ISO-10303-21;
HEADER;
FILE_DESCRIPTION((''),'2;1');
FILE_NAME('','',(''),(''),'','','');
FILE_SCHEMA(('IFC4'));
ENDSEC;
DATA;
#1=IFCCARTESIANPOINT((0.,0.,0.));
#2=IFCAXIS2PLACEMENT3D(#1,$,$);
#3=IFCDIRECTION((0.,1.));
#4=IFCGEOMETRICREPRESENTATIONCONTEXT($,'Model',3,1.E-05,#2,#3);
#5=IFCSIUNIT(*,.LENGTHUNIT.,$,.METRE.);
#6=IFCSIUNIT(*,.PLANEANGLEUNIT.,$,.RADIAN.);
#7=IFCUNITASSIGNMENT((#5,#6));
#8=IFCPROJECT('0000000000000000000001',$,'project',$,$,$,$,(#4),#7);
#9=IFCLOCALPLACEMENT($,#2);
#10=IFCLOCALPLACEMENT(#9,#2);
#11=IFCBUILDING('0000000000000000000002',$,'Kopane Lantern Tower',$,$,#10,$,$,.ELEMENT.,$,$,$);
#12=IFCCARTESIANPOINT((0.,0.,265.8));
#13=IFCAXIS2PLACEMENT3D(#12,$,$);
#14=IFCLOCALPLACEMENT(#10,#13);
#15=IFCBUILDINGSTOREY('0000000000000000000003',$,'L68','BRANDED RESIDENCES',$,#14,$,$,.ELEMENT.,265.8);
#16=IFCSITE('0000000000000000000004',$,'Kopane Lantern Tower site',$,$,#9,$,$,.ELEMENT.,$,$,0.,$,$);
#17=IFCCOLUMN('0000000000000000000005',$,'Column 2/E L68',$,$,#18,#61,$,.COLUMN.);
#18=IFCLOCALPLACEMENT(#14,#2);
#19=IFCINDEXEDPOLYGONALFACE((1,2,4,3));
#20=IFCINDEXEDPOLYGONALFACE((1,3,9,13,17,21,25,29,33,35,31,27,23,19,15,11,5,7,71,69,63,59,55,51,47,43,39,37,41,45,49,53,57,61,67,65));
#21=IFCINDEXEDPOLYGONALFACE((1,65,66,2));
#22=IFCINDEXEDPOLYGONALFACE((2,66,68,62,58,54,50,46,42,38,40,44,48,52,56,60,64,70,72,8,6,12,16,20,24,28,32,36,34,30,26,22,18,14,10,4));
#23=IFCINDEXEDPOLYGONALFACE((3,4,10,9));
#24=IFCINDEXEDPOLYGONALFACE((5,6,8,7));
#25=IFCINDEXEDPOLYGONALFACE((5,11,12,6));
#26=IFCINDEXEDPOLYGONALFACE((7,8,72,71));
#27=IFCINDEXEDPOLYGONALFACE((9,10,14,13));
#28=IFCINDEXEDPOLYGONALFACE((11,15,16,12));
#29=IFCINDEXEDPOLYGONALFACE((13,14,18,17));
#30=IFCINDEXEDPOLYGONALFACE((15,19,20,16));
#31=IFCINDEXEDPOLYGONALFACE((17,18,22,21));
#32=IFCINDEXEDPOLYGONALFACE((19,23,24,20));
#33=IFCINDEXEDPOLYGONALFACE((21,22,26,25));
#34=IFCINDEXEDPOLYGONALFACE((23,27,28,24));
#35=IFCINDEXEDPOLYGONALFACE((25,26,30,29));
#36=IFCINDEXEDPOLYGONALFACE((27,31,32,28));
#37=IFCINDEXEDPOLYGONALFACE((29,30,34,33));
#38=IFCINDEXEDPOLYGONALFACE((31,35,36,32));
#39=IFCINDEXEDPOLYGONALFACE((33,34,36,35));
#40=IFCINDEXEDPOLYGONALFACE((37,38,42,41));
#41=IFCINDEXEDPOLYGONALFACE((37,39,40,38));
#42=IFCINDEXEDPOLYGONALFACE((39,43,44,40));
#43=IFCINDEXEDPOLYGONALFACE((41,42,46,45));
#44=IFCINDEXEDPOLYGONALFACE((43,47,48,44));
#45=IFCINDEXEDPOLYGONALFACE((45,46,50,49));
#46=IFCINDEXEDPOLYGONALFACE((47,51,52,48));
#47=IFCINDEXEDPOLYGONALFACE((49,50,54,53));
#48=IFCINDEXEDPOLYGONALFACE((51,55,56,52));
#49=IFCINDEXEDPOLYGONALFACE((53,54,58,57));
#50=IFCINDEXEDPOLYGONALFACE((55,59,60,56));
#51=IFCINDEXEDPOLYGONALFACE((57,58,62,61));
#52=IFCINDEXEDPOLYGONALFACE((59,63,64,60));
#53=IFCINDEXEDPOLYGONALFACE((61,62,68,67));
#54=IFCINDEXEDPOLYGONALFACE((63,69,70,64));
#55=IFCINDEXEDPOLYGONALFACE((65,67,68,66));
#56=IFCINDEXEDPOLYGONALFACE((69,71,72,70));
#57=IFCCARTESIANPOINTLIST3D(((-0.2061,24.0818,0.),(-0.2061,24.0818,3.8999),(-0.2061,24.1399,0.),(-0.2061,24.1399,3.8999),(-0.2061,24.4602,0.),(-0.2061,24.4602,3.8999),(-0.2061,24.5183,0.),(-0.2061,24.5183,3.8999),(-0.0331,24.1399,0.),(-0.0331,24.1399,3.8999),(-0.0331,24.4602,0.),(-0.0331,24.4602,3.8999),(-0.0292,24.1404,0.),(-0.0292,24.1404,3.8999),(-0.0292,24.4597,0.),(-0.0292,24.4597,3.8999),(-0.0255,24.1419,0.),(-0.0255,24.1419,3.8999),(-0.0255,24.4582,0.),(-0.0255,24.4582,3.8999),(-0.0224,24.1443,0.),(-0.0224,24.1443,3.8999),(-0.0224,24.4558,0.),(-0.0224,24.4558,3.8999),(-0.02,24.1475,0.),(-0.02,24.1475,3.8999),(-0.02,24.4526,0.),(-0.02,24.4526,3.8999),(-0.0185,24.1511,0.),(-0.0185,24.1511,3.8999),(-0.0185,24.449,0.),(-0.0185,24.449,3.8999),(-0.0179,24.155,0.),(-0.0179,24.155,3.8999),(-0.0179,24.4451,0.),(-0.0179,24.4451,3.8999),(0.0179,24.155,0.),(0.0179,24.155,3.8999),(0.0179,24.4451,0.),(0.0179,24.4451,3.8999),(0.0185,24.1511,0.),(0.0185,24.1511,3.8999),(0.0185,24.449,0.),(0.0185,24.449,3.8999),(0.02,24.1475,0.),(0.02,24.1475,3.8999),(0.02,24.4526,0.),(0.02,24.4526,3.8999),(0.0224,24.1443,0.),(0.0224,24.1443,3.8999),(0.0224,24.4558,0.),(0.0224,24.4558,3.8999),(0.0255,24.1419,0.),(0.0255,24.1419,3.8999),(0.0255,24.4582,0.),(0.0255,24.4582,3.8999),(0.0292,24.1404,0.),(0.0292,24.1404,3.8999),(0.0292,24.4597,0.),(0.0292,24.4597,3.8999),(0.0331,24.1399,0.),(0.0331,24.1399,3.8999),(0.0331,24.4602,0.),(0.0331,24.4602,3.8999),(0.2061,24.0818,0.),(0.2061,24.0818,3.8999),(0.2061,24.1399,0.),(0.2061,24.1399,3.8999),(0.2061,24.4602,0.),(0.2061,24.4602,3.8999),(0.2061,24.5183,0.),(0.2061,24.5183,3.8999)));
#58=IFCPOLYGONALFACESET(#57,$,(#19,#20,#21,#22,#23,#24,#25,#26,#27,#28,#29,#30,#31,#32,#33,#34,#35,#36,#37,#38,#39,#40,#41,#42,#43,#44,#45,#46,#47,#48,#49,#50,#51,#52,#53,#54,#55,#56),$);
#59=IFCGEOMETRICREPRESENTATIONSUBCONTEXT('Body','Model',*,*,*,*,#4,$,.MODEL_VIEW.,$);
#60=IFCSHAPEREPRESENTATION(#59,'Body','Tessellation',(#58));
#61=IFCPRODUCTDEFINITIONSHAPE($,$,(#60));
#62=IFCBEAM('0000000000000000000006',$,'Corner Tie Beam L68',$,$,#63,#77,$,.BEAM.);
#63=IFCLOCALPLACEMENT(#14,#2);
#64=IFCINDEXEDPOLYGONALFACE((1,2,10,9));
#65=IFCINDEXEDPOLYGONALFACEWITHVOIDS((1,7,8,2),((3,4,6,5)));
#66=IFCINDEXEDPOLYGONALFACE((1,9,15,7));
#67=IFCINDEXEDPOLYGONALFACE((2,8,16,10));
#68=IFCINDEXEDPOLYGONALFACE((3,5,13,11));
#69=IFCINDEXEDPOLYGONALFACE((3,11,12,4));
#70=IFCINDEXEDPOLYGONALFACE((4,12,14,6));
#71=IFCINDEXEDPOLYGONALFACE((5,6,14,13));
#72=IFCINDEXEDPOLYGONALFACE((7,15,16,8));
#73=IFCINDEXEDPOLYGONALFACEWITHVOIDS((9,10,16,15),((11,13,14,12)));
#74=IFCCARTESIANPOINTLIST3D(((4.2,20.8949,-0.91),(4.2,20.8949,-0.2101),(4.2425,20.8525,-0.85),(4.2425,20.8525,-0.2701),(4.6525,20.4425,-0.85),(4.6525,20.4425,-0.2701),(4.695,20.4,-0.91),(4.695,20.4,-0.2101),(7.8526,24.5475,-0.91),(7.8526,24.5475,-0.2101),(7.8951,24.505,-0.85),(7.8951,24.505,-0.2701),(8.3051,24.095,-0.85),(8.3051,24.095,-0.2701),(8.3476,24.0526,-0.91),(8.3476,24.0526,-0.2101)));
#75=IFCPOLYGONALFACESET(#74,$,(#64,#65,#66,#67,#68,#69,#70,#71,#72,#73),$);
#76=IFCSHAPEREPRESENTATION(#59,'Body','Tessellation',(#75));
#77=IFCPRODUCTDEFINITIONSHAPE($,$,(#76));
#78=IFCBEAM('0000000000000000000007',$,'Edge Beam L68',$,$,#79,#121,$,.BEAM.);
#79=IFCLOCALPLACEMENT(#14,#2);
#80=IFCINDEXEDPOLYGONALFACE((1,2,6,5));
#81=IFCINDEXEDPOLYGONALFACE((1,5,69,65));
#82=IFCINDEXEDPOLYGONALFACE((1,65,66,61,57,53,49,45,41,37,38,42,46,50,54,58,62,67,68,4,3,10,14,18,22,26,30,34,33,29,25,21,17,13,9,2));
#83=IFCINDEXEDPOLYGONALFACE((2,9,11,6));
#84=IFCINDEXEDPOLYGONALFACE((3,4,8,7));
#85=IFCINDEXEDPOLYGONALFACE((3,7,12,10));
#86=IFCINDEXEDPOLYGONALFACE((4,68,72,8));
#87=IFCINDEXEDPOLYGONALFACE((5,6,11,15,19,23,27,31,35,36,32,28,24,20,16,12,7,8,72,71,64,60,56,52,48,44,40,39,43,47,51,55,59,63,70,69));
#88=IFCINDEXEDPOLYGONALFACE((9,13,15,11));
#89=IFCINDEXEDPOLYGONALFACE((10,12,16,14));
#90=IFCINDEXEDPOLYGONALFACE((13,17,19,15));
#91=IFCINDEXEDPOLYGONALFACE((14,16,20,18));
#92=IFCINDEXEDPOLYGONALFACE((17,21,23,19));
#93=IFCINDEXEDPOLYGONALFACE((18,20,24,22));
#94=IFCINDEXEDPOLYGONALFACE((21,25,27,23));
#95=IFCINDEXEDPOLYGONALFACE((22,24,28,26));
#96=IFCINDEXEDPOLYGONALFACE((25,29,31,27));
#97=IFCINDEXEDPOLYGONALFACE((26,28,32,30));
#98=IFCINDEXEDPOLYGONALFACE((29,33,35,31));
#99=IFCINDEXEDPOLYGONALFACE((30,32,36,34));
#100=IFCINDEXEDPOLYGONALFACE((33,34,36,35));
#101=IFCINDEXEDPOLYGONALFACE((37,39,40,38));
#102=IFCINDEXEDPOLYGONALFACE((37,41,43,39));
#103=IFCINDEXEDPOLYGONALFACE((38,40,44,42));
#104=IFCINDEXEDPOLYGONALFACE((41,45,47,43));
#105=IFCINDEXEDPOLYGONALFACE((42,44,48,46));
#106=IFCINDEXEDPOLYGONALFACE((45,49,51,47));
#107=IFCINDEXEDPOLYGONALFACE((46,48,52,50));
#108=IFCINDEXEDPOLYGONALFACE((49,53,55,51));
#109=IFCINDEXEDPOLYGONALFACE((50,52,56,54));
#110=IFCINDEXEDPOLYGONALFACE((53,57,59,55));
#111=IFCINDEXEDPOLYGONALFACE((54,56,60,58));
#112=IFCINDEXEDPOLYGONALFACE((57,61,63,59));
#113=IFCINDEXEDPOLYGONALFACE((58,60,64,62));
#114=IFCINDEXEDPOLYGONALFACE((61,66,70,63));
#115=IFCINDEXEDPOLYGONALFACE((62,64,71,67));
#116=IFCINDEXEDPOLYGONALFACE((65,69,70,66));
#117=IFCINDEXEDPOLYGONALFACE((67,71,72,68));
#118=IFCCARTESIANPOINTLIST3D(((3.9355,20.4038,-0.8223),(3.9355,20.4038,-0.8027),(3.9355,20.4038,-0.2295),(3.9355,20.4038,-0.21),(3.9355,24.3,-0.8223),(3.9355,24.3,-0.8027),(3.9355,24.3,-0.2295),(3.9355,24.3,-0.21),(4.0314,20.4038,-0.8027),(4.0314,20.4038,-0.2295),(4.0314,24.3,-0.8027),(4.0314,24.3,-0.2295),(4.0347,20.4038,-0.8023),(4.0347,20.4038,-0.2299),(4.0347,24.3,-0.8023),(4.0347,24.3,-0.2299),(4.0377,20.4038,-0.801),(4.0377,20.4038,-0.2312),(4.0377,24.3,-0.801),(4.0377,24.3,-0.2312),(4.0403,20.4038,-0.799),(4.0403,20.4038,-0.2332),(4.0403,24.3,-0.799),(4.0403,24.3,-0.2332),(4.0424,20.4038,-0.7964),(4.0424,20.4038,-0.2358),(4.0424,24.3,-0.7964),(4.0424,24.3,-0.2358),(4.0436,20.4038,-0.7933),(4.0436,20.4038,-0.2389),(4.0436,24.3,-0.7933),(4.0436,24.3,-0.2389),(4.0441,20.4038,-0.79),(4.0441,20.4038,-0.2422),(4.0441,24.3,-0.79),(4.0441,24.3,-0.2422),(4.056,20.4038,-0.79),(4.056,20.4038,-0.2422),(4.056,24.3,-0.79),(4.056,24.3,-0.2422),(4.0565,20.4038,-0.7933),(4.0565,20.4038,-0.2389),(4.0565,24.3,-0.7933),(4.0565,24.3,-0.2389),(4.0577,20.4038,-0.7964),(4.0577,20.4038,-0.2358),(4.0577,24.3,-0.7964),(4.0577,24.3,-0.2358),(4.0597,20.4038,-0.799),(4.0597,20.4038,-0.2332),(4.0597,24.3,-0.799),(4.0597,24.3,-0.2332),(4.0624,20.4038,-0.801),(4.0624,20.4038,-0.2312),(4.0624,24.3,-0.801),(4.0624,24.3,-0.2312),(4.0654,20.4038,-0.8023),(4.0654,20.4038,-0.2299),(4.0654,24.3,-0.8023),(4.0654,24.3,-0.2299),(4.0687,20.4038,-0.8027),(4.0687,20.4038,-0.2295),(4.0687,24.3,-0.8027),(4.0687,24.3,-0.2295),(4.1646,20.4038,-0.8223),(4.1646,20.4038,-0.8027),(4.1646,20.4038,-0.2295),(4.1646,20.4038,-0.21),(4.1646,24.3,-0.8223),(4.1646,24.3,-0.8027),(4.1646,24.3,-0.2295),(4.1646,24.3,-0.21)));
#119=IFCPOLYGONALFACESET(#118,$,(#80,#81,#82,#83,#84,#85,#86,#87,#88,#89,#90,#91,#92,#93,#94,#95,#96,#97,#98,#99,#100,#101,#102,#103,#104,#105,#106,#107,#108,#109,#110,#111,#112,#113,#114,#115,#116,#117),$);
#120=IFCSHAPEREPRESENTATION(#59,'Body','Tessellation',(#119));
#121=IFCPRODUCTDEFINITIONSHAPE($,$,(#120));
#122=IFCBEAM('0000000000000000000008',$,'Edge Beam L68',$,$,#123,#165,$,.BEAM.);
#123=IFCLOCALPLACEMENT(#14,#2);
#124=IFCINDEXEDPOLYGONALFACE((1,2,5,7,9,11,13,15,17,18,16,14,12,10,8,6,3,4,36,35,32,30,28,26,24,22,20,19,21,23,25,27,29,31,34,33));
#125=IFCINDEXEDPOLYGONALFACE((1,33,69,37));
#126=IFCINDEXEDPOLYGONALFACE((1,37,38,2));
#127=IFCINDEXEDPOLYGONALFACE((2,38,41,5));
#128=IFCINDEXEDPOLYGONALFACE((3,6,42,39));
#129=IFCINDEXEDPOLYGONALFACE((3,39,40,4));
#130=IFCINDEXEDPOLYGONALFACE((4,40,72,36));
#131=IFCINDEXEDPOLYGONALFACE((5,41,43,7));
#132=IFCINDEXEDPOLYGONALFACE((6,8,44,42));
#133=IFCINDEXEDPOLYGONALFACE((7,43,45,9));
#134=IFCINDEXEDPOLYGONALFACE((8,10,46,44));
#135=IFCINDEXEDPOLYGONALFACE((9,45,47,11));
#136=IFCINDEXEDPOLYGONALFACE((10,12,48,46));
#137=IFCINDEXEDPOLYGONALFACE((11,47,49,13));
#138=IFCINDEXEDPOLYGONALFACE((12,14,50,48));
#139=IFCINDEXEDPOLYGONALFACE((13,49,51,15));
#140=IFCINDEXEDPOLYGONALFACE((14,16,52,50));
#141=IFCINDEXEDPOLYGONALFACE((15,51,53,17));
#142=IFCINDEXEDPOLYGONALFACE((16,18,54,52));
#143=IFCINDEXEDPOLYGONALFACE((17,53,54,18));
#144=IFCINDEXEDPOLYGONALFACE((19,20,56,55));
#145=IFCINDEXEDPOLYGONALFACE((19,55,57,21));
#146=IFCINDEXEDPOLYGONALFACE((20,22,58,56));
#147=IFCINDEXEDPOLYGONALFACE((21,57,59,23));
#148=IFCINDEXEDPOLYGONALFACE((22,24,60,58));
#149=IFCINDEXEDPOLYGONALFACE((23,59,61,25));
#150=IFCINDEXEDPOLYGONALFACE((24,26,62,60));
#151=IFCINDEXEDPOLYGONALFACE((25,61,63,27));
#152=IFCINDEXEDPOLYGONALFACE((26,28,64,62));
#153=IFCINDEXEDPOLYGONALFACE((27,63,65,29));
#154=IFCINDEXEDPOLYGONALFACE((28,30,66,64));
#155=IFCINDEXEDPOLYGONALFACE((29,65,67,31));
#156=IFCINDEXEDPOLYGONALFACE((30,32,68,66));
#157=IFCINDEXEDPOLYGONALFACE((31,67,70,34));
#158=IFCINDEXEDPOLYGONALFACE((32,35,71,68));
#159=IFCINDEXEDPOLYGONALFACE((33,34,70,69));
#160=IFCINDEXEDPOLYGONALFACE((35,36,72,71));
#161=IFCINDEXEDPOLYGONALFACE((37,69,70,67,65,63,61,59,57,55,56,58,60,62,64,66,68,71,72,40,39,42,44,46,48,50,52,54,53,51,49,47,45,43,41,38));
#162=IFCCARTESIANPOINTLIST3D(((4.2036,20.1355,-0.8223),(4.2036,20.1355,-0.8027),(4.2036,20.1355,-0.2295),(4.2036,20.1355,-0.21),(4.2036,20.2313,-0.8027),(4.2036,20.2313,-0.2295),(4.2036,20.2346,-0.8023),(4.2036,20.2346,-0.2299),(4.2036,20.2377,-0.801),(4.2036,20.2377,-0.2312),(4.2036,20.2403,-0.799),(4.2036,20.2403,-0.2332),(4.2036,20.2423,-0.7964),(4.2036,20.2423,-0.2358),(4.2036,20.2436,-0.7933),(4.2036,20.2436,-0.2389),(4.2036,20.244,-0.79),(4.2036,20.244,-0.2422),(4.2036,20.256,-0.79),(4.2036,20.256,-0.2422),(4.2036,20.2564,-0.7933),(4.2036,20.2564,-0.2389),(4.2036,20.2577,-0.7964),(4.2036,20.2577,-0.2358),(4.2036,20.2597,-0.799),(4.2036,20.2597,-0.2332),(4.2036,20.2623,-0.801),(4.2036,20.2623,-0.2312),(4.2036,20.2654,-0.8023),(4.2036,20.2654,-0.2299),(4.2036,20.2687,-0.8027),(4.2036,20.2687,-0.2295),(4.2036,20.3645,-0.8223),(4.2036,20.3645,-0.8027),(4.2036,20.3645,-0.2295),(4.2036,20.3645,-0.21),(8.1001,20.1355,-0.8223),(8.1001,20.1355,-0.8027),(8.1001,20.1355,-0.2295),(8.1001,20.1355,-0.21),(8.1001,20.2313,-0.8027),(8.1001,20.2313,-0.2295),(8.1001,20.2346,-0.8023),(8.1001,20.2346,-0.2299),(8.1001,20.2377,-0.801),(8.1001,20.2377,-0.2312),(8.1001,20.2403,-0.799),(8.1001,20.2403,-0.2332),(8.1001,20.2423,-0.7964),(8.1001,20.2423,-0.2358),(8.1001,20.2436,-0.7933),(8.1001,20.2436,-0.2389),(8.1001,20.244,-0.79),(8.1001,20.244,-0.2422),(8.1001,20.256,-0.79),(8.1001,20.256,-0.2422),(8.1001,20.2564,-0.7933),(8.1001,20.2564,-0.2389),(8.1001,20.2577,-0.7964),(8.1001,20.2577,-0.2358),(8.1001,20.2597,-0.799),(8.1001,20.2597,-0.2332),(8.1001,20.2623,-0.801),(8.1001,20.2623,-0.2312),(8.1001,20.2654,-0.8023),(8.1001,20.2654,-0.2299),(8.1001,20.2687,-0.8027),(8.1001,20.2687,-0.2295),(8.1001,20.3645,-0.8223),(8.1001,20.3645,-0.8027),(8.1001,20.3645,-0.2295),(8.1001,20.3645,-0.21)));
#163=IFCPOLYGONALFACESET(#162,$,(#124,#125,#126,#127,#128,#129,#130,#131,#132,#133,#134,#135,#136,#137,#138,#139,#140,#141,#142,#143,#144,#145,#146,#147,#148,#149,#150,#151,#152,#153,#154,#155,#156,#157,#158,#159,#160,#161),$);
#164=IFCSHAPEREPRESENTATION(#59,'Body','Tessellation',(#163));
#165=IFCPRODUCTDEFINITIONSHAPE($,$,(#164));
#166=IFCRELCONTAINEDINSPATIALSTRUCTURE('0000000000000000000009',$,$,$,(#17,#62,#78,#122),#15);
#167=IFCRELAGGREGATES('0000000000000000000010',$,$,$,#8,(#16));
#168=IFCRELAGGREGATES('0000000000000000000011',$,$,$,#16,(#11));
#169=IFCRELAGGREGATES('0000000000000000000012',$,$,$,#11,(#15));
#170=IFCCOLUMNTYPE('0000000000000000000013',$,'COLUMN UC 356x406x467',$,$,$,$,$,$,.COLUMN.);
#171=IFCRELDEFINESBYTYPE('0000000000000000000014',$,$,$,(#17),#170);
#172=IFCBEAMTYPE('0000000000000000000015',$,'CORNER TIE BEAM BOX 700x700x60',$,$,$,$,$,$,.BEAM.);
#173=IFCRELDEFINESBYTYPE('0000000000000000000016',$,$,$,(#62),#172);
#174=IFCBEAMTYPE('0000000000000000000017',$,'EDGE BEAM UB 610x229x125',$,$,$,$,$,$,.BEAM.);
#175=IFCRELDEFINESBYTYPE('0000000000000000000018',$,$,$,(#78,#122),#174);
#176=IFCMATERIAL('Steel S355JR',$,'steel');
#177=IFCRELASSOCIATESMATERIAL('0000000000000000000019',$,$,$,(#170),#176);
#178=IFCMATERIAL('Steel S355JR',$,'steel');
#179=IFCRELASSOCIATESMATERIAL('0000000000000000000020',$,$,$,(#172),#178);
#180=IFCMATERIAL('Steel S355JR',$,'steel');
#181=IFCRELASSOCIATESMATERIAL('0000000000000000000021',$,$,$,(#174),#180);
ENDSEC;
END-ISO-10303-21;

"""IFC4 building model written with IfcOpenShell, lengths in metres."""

from ifc_helpers import new_model, si_unit, direction, frame, origin, origin_2d, place, context, subcontext, project, spatial, hollow_rectangle, i_section, extrude, material, material_profile, profile_set, type_object, element, save


model = new_model("IFC4")

# Units and contexts
model_context = context("Model", 3, precision=1e-05, world=origin(), true_north=direction((0.0, 1.0)))
body_context = subcontext(model_context, "Body", "Model", "MODEL_VIEW")
ifc_project = project(units=[si_unit("LENGTHUNIT", "METRE"), si_unit("PLANEANGLEUNIT", "RADIAN")], contexts=[model_context])

# Site, building, storey
site_placement = place(None, origin())
site = spatial("IfcSite", under=ifc_project, at=site_placement, Name="Kopane Lantern Tower site", CompositionType="ELEMENT", RefElevation=0.0)
building_placement = place(site_placement, origin())
building = spatial("IfcBuilding", under=site, at=building_placement, Name="Kopane Lantern Tower", CompositionType="ELEMENT")
storey_placement = place(building_placement, frame((0.0, 0.0, 265.8)))
storey = spatial("IfcBuildingStorey", under=building, at=storey_placement, Name="L68", Description="BRANDED RESIDENCES", CompositionType="ELEMENT", Elevation=265.8)

# Column
ifc_material_1 = material(Name="Steel S355JR", Category="steel")
ifc_material_profile_1 = material_profile(ifc_material_1, i_section(OverallWidth=0.4121, OverallDepth=0.4365, WebThickness=0.0359, FlangeThickness=0.0581, FilletRadius=0.0151, at=origin_2d()), Name="UC 356x406x467")
ifc_profile_set_1 = profile_set([ifc_material_profile_1], Name="Steel S355JR")
column_type = type_object("IfcColumnType", Name="COLUMN UC 356x406x467", PredefinedType="COLUMN", material=ifc_profile_set_1)
column_placement = place(storey_placement, frame((0.0, 24.3, 0.0), z_axis=(0.0, 0.0, 1.0), x_axis=(1.0, 0.0, 0.0)))
element("IfcColumn", 1, at=column_placement, inside=storey, type_object=column_type, Name="Column 2/E L68", PredefinedType="COLUMN", context=body_context, shape_type="SweptSolid", body=[
    extrude(i_section(OverallWidth=0.4121, OverallDepth=0.4365, WebThickness=0.0359, FlangeThickness=0.0581, FilletRadius=0.0151, at=origin_2d()), origin(), (0.0, 0.0, 1.0), 3.8999),
])

# Beams
ifc_material_2 = material(Name="Steel S355JR", Category="steel")
ifc_material_profile_2 = material_profile(ifc_material_2, hollow_rectangle(XDim=0.7, YDim=0.7, WallThickness=0.0601, at=origin_2d()), Name="BOX 700x700x60")
ifc_profile_set_2 = profile_set([ifc_material_profile_2], Name="Steel S355JR")
beam_type_1 = type_object("IfcBeamType", Name="CORNER TIE BEAM BOX 700x700x60", PredefinedType="BEAM", material=ifc_profile_set_2)
beam_1_placement = place(storey_placement, frame((4.4475, 20.6475, -0.5601), z_axis=(0.707107, 0.707107, 0.0), x_axis=(-0.707107, 0.707107, 0.0)))
element("IfcBeam", 2, at=beam_1_placement, inside=storey, type_object=beam_type_1, Name="Corner Tie Beam L68", PredefinedType="BEAM", context=body_context, shape_type="SweptSolid", body=[
    extrude(hollow_rectangle(XDim=0.7, YDim=0.7, WallThickness=0.0601, at=origin_2d()), origin(), (0.0, 0.0, 1.0), 5.1655),
])
ifc_material_3 = material(Name="Steel S355JR", Category="steel")
ifc_material_profile_3 = material_profile(ifc_material_3, i_section(OverallWidth=0.229, OverallDepth=0.6123, WebThickness=0.012, FlangeThickness=0.0195, FilletRadius=0.0127, at=origin_2d()), Name="UB 610x229x125")
ifc_profile_set_3 = profile_set([ifc_material_profile_3], Name="Steel S355JR")
beam_type_2 = type_object("IfcBeamType", Name="EDGE BEAM UB 610x229x125", PredefinedType="BEAM", material=ifc_profile_set_3)
beam_2_placement = place(storey_placement, frame((4.05, 20.4038, -0.5161), z_axis=(0.0, 1.0, 0.0), x_axis=(-1.0, 0.0, 0.0)))
element("IfcBeam", 3, at=beam_2_placement, inside=storey, type_object=beam_type_2, Name="Edge Beam L68", PredefinedType="BEAM", context=body_context, shape_type="SweptSolid", body=[
    extrude(i_section(OverallWidth=0.229, OverallDepth=0.6123, WebThickness=0.012, FlangeThickness=0.0195, FilletRadius=0.0127, at=origin_2d()), origin(), (0.0, 0.0, 1.0), 3.8962),
])
beam_3_placement = place(storey_placement, frame((4.2036, 20.25, -0.5161), z_axis=(1.0, 0.0, 0.0), x_axis=(0.0, 1.0, 0.0)))
element("IfcBeam", 4, at=beam_3_placement, inside=storey, type_object=beam_type_2, Name="Edge Beam L68", PredefinedType="BEAM", context=body_context, shape_type="SweptSolid", body=[
    extrude(i_section(OverallWidth=0.229, OverallDepth=0.6123, WebThickness=0.012, FlangeThickness=0.0195, FilletRadius=0.0127, at=origin_2d()), origin(), (0.0, 0.0, 1.0), 3.8965),
])

save(model, "model.ifc")
